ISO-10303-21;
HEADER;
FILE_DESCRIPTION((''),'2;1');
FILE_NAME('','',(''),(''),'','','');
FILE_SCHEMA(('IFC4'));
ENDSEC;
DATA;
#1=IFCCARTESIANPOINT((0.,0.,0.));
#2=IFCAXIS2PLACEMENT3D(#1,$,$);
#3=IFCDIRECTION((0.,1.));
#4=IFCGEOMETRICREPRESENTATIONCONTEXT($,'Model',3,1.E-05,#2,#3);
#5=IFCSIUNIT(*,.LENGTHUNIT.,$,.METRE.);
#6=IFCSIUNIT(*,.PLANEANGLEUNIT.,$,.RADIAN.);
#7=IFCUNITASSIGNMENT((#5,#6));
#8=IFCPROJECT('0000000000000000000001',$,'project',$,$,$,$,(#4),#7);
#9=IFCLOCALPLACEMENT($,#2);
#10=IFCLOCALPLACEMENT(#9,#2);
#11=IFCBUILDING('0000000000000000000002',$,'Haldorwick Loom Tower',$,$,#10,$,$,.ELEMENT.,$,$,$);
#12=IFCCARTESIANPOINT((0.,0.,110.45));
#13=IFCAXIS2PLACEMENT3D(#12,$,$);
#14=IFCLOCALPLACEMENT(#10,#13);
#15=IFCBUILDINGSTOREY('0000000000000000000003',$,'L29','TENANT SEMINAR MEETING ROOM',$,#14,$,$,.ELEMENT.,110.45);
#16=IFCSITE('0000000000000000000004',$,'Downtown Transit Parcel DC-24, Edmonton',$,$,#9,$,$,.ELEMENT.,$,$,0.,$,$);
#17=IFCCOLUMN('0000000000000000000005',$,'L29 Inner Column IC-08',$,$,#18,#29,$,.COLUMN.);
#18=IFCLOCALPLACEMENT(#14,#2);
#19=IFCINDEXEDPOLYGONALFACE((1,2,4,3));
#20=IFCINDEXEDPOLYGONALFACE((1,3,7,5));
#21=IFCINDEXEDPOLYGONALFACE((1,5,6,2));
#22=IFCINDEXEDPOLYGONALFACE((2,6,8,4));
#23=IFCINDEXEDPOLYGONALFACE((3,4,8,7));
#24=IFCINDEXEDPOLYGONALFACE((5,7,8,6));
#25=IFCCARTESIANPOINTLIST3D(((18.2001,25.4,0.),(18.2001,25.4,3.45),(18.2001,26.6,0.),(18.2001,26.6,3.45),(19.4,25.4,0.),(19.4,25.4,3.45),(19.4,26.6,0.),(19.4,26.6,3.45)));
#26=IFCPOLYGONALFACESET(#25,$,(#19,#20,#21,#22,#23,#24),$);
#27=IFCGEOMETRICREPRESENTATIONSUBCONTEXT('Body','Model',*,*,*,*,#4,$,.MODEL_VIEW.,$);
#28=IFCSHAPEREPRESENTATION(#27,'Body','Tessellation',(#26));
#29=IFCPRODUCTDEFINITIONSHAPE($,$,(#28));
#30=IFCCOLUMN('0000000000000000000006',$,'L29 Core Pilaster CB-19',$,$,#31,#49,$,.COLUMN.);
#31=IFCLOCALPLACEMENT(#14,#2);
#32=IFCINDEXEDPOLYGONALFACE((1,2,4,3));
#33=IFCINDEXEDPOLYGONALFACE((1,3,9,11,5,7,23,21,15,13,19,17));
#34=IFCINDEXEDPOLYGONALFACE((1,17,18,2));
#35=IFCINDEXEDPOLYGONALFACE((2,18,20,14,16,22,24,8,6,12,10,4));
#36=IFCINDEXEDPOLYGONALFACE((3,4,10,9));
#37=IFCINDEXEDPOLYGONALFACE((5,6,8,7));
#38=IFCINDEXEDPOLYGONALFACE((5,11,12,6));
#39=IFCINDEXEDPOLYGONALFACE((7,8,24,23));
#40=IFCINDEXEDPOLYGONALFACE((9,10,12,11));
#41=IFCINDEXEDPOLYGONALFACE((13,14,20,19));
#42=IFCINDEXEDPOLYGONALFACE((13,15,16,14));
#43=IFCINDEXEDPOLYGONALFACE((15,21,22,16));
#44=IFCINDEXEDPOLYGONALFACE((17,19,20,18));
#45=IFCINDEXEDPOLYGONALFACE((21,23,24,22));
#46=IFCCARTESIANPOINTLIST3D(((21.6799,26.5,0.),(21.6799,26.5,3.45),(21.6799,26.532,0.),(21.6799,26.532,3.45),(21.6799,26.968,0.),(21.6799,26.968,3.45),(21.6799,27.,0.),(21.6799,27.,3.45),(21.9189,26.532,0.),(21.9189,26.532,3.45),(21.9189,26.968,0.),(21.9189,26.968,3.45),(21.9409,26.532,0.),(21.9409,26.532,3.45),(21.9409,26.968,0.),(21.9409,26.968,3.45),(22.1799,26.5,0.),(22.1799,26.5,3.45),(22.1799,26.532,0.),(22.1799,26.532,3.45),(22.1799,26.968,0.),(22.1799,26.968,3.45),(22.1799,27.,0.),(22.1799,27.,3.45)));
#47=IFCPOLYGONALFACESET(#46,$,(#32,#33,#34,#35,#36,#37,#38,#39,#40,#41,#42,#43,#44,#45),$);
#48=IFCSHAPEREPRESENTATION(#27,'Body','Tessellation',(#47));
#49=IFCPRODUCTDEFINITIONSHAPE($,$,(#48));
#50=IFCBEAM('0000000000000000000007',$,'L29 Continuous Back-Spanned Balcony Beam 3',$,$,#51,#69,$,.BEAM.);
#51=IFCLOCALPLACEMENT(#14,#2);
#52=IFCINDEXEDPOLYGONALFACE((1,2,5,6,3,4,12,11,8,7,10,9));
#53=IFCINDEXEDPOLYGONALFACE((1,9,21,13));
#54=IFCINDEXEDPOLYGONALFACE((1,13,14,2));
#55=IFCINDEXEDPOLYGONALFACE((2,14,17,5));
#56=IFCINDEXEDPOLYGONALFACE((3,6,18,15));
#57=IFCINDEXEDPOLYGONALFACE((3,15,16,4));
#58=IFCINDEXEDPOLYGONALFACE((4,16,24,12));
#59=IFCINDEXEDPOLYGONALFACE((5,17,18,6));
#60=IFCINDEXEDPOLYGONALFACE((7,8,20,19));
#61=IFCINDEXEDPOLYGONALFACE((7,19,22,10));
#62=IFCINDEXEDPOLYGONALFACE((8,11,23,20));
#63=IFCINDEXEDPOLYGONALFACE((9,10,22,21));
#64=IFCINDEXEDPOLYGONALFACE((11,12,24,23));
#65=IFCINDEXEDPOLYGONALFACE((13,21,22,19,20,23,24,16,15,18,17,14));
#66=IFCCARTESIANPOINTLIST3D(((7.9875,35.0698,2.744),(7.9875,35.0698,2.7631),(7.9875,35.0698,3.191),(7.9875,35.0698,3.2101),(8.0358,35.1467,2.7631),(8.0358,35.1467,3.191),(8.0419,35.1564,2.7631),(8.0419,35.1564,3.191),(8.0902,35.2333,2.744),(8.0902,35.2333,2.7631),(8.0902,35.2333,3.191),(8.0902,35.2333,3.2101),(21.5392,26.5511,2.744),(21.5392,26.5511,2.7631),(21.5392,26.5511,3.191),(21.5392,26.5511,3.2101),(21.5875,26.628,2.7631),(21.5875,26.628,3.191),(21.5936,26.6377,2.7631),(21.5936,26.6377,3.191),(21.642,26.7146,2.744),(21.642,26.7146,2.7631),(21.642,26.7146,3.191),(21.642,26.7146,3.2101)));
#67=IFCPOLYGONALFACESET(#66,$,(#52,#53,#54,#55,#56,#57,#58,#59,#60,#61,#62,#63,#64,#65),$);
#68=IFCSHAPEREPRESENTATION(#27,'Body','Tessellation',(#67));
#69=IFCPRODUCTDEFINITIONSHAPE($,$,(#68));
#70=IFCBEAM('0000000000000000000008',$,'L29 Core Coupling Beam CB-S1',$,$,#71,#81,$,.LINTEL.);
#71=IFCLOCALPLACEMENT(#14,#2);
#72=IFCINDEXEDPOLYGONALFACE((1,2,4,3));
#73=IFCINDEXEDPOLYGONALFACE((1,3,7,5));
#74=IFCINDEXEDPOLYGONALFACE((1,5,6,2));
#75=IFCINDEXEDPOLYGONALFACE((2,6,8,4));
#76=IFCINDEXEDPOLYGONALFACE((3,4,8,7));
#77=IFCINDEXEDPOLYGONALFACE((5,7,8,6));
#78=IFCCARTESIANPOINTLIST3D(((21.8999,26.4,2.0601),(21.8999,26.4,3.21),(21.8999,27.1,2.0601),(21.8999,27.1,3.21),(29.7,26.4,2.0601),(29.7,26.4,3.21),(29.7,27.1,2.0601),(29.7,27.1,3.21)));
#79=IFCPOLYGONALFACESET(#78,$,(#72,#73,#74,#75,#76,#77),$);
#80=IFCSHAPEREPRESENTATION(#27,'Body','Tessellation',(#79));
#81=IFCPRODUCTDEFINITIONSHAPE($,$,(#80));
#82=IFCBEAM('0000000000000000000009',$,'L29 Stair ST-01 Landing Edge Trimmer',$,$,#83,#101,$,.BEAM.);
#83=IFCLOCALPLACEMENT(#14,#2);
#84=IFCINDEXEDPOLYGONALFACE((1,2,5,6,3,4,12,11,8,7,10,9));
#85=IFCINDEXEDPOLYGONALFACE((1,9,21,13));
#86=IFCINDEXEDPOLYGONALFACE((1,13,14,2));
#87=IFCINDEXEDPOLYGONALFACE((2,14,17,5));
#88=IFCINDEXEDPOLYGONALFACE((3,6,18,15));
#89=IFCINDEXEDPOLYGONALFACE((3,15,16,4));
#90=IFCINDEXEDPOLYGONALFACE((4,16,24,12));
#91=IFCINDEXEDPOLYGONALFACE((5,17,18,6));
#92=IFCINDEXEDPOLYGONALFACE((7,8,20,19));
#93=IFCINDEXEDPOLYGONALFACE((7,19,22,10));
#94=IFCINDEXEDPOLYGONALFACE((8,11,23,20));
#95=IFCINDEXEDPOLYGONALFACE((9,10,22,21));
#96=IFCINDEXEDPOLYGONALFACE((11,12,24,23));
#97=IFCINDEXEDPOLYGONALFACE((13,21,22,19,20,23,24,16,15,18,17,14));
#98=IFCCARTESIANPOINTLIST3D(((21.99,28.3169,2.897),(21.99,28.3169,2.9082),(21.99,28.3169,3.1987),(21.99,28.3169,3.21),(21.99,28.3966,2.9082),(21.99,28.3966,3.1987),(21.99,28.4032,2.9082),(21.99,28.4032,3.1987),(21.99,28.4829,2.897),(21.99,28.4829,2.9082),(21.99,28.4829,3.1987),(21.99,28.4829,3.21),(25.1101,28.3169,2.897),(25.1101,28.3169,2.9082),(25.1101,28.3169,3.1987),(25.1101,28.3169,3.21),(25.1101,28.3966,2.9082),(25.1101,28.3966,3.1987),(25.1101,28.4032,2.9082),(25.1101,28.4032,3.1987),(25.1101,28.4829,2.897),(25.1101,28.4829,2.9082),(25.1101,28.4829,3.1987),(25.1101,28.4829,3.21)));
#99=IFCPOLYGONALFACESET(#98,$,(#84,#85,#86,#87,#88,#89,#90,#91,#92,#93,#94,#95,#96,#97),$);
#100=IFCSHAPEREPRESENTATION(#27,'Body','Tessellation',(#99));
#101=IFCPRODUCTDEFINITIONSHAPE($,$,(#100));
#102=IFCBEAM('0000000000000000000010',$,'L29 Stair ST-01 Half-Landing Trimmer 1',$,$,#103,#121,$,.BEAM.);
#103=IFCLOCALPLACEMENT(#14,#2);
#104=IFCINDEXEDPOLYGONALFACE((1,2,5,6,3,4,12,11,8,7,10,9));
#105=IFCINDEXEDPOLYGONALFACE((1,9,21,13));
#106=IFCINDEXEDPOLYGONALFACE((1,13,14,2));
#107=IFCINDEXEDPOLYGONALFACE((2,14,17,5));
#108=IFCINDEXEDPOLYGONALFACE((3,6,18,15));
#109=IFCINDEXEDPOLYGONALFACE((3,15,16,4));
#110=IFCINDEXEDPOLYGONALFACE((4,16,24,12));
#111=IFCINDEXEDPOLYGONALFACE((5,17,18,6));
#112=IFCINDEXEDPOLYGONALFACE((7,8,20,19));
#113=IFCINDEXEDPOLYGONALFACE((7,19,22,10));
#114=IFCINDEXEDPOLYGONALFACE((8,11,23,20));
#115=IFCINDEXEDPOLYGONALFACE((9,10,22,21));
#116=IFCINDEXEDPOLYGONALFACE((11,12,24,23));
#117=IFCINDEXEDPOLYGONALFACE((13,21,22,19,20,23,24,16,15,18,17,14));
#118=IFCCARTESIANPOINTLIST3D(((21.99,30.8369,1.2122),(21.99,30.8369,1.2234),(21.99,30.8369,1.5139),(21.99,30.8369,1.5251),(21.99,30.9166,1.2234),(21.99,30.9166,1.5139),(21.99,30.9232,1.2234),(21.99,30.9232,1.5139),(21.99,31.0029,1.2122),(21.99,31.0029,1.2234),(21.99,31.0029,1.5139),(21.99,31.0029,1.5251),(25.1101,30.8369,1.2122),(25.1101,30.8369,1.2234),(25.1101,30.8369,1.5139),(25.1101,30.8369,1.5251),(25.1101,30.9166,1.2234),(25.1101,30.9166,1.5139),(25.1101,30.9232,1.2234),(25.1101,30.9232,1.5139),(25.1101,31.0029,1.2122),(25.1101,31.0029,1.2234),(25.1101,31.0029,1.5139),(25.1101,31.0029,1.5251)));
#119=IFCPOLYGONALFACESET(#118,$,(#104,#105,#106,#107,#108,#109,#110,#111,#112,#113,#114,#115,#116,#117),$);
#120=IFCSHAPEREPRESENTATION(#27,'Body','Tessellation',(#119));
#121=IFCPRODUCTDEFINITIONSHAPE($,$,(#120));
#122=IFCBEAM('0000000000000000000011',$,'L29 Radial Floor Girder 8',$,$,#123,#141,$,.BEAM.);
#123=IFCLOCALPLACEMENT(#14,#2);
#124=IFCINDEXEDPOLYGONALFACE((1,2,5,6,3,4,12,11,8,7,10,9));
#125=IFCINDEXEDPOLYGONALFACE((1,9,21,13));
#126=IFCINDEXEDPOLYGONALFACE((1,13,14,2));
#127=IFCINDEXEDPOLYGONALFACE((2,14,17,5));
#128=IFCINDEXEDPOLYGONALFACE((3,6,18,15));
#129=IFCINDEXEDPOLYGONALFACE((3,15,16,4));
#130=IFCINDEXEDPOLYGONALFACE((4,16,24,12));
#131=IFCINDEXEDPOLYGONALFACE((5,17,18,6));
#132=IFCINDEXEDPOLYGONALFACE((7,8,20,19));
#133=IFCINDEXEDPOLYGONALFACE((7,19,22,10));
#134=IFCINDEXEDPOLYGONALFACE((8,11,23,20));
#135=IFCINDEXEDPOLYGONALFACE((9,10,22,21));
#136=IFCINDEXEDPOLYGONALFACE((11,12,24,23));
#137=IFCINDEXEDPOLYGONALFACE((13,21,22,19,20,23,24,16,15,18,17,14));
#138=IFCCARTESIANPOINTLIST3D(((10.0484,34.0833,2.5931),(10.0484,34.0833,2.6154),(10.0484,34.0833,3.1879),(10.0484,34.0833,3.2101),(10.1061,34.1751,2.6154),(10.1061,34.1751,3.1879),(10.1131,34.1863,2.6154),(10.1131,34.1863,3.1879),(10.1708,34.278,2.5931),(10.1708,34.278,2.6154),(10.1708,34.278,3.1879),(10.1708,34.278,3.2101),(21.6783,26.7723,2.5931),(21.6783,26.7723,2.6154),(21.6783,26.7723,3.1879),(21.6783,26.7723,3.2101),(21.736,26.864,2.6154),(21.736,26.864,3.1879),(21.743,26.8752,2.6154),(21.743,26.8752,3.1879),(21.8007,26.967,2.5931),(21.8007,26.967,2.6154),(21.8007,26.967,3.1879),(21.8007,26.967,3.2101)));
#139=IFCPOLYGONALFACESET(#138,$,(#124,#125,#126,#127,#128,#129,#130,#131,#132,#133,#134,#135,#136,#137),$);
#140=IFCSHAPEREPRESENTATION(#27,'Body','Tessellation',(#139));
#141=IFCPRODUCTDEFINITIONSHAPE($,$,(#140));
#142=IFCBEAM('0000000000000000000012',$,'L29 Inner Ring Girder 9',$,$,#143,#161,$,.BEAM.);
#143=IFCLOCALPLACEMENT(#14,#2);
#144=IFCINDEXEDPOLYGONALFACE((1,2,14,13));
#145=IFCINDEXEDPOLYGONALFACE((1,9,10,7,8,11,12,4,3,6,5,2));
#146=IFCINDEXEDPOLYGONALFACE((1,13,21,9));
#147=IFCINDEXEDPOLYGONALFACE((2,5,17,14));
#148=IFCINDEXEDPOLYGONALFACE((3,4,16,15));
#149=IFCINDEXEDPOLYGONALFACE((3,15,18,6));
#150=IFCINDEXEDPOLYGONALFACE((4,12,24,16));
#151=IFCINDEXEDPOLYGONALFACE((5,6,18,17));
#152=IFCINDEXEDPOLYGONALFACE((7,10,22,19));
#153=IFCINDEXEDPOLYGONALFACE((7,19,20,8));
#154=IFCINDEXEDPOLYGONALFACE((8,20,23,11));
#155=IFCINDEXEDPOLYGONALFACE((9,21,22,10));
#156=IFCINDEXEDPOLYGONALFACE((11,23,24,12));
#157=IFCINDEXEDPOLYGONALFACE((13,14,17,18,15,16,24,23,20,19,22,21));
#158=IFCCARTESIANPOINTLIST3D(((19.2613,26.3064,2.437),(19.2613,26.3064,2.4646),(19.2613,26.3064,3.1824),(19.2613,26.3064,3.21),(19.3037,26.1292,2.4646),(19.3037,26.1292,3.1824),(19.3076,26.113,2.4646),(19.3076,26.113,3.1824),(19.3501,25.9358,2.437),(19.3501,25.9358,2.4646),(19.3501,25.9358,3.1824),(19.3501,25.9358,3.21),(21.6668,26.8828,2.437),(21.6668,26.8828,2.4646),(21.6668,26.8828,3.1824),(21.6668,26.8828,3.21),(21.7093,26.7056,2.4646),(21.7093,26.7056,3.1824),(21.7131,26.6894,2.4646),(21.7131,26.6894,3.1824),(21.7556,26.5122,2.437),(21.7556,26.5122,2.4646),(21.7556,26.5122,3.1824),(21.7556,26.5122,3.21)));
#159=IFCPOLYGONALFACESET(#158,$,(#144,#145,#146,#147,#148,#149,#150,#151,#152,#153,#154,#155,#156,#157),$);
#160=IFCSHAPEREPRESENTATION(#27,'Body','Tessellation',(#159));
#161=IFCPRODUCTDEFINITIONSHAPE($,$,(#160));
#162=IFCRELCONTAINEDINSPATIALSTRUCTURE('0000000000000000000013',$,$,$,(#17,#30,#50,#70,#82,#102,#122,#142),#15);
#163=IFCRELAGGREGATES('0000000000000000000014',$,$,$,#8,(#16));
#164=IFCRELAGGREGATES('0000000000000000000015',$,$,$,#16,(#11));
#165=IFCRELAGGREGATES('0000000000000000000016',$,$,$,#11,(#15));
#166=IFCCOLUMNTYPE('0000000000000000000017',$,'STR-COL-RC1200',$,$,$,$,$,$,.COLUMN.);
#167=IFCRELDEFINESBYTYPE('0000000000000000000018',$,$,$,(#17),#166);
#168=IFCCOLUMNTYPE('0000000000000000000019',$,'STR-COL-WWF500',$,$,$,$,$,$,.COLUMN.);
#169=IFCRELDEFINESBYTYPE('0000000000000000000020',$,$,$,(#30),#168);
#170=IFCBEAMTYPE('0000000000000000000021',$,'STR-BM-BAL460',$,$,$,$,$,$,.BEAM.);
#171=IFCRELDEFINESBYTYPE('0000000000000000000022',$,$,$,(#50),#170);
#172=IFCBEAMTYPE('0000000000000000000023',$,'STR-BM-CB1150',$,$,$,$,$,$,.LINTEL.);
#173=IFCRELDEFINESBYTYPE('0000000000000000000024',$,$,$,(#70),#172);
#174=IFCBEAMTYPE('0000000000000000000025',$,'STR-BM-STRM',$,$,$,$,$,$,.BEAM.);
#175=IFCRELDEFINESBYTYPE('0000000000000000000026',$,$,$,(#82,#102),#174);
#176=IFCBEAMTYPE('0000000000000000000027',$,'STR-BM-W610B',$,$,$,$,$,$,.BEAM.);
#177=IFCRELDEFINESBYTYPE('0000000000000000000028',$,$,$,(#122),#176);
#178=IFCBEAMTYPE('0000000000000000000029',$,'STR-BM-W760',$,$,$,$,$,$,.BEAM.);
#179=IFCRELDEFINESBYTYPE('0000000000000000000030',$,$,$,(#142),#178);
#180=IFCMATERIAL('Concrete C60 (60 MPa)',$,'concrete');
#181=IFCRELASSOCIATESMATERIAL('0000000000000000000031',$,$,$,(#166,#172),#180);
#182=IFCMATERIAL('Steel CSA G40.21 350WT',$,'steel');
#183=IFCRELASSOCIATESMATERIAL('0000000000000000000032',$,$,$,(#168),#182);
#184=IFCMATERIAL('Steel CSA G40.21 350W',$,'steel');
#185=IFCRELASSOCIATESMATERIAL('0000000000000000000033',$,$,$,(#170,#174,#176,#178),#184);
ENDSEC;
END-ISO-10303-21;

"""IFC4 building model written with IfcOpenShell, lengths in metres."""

from ifc_helpers import new_model, si_unit, direction, frame, origin, origin_2d, place, context, subcontext, project, spatial, rectangle, i_section, extrude, material, material_profile, profile_set, type_object, element, save


model = new_model("IFC4")

# Units and contexts
model_context = context("Model", 3, precision=1e-05, world=origin(), true_north=direction((0.0, 1.0)))
body_context = subcontext(model_context, "Body", "Model", "MODEL_VIEW")
ifc_project = project(units=[si_unit("LENGTHUNIT", "METRE"), si_unit("PLANEANGLEUNIT", "RADIAN")], contexts=[model_context])

# Site, building, storey
site_placement = place(None, origin())
site = spatial("IfcSite", under=ifc_project, at=site_placement, Name="Downtown Transit Parcel DC-24, Edmonton", CompositionType="ELEMENT", RefElevation=0.0)
building_placement = place(site_placement, origin())
building = spatial("IfcBuilding", under=site, at=building_placement, Name="Haldorwick Loom Tower", CompositionType="ELEMENT")
storey_placement = place(building_placement, frame((0.0, 0.0, 110.45)))
storey = spatial("IfcBuildingStorey", under=building, at=storey_placement, Name="L29", Description="TENANT SEMINAR MEETING ROOM", CompositionType="ELEMENT", Elevation=110.45)

# Columns
ifc_material_1 = material(Name="Concrete C60 (60 MPa)", Category="concrete")
ifc_material_profile_1 = material_profile(ifc_material_1, rectangle(XDim=1.2, YDim=1.2, at=origin_2d()), Name="RC1200X1200", Category="concrete")
ifc_profile_set_1 = profile_set([ifc_material_profile_1], Name="Concrete C60 (60 MPa)")
column_type_1 = type_object("IfcColumnType", Name="STR-COL-RC1200", PredefinedType="COLUMN", material=ifc_profile_set_1)
column_1_placement = place(storey_placement, frame((18.8, 26.0, 0.0), z_axis=(0.0, 0.0, 1.0), x_axis=(1.0, 0.0, 0.0)))
element("IfcColumn", 1, at=column_1_placement, inside=storey, type_object=column_type_1, Name="L29 Inner Column IC-08", PredefinedType="COLUMN", context=body_context, shape_type="SweptSolid", body=[
    extrude(rectangle(XDim=1.2, YDim=1.2, at=origin_2d()), origin(), (0.0, 0.0, 1.0), 3.45),
])
ifc_material_2 = material(Name="Steel CSA G40.21 350WT", Category="steel")
ifc_material_profile_2 = material_profile(ifc_material_2, i_section(OverallWidth=0.5, OverallDepth=0.5, WebThickness=0.022, FlangeThickness=0.032, at=origin_2d()), Name="WWF500X500", Category="steel")
ifc_profile_set_2 = profile_set([ifc_material_profile_2], Name="Steel CSA G40.21 350WT")
column_type_2 = type_object("IfcColumnType", Name="STR-COL-WWF500", PredefinedType="COLUMN", material=ifc_profile_set_2)
column_2_placement = place(storey_placement, frame((21.9299, 26.75, 0.0), z_axis=(0.0, 0.0, 1.0), x_axis=(1.0, 0.0, 0.0)))
element("IfcColumn", 2, at=column_2_placement, inside=storey, type_object=column_type_2, Name="L29 Core Pilaster CB-19", PredefinedType="COLUMN", context=body_context, shape_type="SweptSolid", body=[
    extrude(i_section(OverallWidth=0.5, OverallDepth=0.5, WebThickness=0.022, FlangeThickness=0.032, at=origin_2d()), origin(), (0.0, 0.0, 1.0), 3.45),
])

# Beams
ifc_material_3 = material(Name="Steel CSA G40.21 350W", Category="steel")
ifc_material_profile_3 = material_profile(ifc_material_3, i_section(OverallWidth=0.1931, OverallDepth=0.4661, WebThickness=0.0115, FlangeThickness=0.019, at=origin_2d()), Name="W460X97", Category="steel")
ifc_profile_set_3 = profile_set([ifc_material_profile_3], Name="Steel CSA G40.21 350W")
beam_type_1 = type_object("IfcBeamType", Name="STR-BM-BAL460", PredefinedType="BEAM", material=ifc_profile_set_3)
beam_1_placement = place(storey_placement, frame((21.5906, 26.6328, 2.9771), z_axis=(-0.846621, 0.532196, 0.0), x_axis=(-0.532196, -0.846621, 0.0)))
element("IfcBeam", 3, at=beam_1_placement, inside=storey, type_object=beam_type_1, Name="L29 Continuous Back-Spanned Balcony Beam 3", PredefinedType="BEAM", context=body_context, shape_type="SweptSolid", body=[
    extrude(i_section(OverallWidth=0.1931, OverallDepth=0.4661, WebThickness=0.0115, FlangeThickness=0.019, at=origin_2d()), origin(), (0.0, 0.0, 1.0), 16.0068),
])
ifc_material_profile_4 = material_profile(ifc_material_1, rectangle(XDim=0.7, YDim=1.1499, at=origin_2d()), Name="RC700X1150", Category="concrete")
ifc_profile_set_4 = profile_set([ifc_material_profile_4], Name="Concrete C60 (60 MPa)")
beam_type_2 = type_object("IfcBeamType", Name="STR-BM-CB1150", PredefinedType="LINTEL", material=ifc_profile_set_4)
beam_2_placement = place(storey_placement, frame((21.8999, 26.75, 2.635), z_axis=(1.0, 0.0, 0.0), x_axis=(0.0, 1.0, 0.0)))
element("IfcBeam", 4, at=beam_2_placement, inside=storey, type_object=beam_type_2, Name="L29 Core Coupling Beam CB-S1", PredefinedType="LINTEL", context=body_context, shape_type="SweptSolid", body=[
    extrude(rectangle(XDim=0.7, YDim=1.1499, at=origin_2d()), origin(), (0.0, 0.0, 1.0), 7.8),
])
ifc_material_profile_5 = material_profile(ifc_material_3, i_section(OverallWidth=0.166, OverallDepth=0.313, WebThickness=0.0066, FlangeThickness=0.0112, at=origin_2d()), Name="W310X45", Category="steel")
ifc_profile_set_5 = profile_set([ifc_material_profile_5], Name="Steel CSA G40.21 350W")
beam_type_3 = type_object("IfcBeamType", Name="STR-BM-STRM", PredefinedType="BEAM", material=ifc_profile_set_5)
for number, where, z_axis, x_axis, name in (
    (5, (21.99, 28.3999, 3.0535), (1.0, 0.0, 0.0), (0.0, 1.0, 0.0), "L29 Stair ST-01 Landing Edge Trimmer"),
    (6, (21.99, 30.9199, 1.3687), (1.0, 0.0, 0.0), (0.0, 1.0, 0.0), "L29 Stair ST-01 Half-Landing Trimmer 1"),
):
    element("IfcBeam", number, at=place(storey_placement, frame(where, z_axis=z_axis, x_axis=x_axis)), inside=storey, type_object=beam_type_3, Name=name, PredefinedType="BEAM", context=body_context, shape_type="SweptSolid", body=[
        extrude(i_section(OverallWidth=0.166, OverallDepth=0.313, WebThickness=0.0066, FlangeThickness=0.0112, at=origin_2d()), origin(), (0.0, 0.0, 1.0), 3.1201),
    ])
ifc_material_profile_6 = material_profile(ifc_material_3, i_section(OverallWidth=0.23, OverallDepth=0.6169, WebThickness=0.0132, FlangeThickness=0.0222, at=origin_2d()), Name="W610X140", Category="steel")
ifc_profile_set_6 = profile_set([ifc_material_profile_6], Name="Steel CSA G40.21 350W")
beam_type_4 = type_object("IfcBeamType", Name="STR-BM-W610B", PredefinedType="BEAM", material=ifc_profile_set_6)
beam_3_placement = place(storey_placement, frame((21.7395, 26.8696, 2.9016), z_axis=(-0.84661, 0.532214, 0.0), x_axis=(-0.532214, -0.84661, 0.0)))
element("IfcBeam", 7, at=beam_3_placement, inside=storey, type_object=beam_type_4, Name="L29 Radial Floor Girder 8", PredefinedType="BEAM", context=body_context, shape_type="SweptSolid", body=[
    extrude(i_section(OverallWidth=0.23, OverallDepth=0.6169, WebThickness=0.0132, FlangeThickness=0.0222, at=origin_2d()), origin(), (0.0, 0.0, 1.0), 13.7371),
])
ifc_material_profile_7 = material_profile(ifc_material_3, i_section(OverallWidth=0.3811, OverallDepth=0.7729, WebThickness=0.0166, FlangeThickness=0.0276, at=origin_2d()), Name="W760X257", Category="steel")
ifc_profile_set_7 = profile_set([ifc_material_profile_7], Name="Steel CSA G40.21 350W")
beam_type_5 = type_object("IfcBeamType", Name="STR-BM-W760", PredefinedType="BEAM", material=ifc_profile_set_7)
beam_4_placement = place(storey_placement, frame((19.3057, 26.1211, 2.8235), z_axis=(0.972471, 0.233026, 0.0), x_axis=(-0.233026, 0.972471, 0.0)))
element("IfcBeam", 8, at=beam_4_placement, inside=storey, type_object=beam_type_5, Name="L29 Inner Ring Girder 9", PredefinedType="BEAM", context=body_context, shape_type="SweptSolid", body=[
    extrude(i_section(OverallWidth=0.3811, OverallDepth=0.7729, WebThickness=0.0166, FlangeThickness=0.0276, at=origin_2d()), origin(), (0.0, 0.0, 1.0), 2.4736),
])

save(model, "model.ifc")
